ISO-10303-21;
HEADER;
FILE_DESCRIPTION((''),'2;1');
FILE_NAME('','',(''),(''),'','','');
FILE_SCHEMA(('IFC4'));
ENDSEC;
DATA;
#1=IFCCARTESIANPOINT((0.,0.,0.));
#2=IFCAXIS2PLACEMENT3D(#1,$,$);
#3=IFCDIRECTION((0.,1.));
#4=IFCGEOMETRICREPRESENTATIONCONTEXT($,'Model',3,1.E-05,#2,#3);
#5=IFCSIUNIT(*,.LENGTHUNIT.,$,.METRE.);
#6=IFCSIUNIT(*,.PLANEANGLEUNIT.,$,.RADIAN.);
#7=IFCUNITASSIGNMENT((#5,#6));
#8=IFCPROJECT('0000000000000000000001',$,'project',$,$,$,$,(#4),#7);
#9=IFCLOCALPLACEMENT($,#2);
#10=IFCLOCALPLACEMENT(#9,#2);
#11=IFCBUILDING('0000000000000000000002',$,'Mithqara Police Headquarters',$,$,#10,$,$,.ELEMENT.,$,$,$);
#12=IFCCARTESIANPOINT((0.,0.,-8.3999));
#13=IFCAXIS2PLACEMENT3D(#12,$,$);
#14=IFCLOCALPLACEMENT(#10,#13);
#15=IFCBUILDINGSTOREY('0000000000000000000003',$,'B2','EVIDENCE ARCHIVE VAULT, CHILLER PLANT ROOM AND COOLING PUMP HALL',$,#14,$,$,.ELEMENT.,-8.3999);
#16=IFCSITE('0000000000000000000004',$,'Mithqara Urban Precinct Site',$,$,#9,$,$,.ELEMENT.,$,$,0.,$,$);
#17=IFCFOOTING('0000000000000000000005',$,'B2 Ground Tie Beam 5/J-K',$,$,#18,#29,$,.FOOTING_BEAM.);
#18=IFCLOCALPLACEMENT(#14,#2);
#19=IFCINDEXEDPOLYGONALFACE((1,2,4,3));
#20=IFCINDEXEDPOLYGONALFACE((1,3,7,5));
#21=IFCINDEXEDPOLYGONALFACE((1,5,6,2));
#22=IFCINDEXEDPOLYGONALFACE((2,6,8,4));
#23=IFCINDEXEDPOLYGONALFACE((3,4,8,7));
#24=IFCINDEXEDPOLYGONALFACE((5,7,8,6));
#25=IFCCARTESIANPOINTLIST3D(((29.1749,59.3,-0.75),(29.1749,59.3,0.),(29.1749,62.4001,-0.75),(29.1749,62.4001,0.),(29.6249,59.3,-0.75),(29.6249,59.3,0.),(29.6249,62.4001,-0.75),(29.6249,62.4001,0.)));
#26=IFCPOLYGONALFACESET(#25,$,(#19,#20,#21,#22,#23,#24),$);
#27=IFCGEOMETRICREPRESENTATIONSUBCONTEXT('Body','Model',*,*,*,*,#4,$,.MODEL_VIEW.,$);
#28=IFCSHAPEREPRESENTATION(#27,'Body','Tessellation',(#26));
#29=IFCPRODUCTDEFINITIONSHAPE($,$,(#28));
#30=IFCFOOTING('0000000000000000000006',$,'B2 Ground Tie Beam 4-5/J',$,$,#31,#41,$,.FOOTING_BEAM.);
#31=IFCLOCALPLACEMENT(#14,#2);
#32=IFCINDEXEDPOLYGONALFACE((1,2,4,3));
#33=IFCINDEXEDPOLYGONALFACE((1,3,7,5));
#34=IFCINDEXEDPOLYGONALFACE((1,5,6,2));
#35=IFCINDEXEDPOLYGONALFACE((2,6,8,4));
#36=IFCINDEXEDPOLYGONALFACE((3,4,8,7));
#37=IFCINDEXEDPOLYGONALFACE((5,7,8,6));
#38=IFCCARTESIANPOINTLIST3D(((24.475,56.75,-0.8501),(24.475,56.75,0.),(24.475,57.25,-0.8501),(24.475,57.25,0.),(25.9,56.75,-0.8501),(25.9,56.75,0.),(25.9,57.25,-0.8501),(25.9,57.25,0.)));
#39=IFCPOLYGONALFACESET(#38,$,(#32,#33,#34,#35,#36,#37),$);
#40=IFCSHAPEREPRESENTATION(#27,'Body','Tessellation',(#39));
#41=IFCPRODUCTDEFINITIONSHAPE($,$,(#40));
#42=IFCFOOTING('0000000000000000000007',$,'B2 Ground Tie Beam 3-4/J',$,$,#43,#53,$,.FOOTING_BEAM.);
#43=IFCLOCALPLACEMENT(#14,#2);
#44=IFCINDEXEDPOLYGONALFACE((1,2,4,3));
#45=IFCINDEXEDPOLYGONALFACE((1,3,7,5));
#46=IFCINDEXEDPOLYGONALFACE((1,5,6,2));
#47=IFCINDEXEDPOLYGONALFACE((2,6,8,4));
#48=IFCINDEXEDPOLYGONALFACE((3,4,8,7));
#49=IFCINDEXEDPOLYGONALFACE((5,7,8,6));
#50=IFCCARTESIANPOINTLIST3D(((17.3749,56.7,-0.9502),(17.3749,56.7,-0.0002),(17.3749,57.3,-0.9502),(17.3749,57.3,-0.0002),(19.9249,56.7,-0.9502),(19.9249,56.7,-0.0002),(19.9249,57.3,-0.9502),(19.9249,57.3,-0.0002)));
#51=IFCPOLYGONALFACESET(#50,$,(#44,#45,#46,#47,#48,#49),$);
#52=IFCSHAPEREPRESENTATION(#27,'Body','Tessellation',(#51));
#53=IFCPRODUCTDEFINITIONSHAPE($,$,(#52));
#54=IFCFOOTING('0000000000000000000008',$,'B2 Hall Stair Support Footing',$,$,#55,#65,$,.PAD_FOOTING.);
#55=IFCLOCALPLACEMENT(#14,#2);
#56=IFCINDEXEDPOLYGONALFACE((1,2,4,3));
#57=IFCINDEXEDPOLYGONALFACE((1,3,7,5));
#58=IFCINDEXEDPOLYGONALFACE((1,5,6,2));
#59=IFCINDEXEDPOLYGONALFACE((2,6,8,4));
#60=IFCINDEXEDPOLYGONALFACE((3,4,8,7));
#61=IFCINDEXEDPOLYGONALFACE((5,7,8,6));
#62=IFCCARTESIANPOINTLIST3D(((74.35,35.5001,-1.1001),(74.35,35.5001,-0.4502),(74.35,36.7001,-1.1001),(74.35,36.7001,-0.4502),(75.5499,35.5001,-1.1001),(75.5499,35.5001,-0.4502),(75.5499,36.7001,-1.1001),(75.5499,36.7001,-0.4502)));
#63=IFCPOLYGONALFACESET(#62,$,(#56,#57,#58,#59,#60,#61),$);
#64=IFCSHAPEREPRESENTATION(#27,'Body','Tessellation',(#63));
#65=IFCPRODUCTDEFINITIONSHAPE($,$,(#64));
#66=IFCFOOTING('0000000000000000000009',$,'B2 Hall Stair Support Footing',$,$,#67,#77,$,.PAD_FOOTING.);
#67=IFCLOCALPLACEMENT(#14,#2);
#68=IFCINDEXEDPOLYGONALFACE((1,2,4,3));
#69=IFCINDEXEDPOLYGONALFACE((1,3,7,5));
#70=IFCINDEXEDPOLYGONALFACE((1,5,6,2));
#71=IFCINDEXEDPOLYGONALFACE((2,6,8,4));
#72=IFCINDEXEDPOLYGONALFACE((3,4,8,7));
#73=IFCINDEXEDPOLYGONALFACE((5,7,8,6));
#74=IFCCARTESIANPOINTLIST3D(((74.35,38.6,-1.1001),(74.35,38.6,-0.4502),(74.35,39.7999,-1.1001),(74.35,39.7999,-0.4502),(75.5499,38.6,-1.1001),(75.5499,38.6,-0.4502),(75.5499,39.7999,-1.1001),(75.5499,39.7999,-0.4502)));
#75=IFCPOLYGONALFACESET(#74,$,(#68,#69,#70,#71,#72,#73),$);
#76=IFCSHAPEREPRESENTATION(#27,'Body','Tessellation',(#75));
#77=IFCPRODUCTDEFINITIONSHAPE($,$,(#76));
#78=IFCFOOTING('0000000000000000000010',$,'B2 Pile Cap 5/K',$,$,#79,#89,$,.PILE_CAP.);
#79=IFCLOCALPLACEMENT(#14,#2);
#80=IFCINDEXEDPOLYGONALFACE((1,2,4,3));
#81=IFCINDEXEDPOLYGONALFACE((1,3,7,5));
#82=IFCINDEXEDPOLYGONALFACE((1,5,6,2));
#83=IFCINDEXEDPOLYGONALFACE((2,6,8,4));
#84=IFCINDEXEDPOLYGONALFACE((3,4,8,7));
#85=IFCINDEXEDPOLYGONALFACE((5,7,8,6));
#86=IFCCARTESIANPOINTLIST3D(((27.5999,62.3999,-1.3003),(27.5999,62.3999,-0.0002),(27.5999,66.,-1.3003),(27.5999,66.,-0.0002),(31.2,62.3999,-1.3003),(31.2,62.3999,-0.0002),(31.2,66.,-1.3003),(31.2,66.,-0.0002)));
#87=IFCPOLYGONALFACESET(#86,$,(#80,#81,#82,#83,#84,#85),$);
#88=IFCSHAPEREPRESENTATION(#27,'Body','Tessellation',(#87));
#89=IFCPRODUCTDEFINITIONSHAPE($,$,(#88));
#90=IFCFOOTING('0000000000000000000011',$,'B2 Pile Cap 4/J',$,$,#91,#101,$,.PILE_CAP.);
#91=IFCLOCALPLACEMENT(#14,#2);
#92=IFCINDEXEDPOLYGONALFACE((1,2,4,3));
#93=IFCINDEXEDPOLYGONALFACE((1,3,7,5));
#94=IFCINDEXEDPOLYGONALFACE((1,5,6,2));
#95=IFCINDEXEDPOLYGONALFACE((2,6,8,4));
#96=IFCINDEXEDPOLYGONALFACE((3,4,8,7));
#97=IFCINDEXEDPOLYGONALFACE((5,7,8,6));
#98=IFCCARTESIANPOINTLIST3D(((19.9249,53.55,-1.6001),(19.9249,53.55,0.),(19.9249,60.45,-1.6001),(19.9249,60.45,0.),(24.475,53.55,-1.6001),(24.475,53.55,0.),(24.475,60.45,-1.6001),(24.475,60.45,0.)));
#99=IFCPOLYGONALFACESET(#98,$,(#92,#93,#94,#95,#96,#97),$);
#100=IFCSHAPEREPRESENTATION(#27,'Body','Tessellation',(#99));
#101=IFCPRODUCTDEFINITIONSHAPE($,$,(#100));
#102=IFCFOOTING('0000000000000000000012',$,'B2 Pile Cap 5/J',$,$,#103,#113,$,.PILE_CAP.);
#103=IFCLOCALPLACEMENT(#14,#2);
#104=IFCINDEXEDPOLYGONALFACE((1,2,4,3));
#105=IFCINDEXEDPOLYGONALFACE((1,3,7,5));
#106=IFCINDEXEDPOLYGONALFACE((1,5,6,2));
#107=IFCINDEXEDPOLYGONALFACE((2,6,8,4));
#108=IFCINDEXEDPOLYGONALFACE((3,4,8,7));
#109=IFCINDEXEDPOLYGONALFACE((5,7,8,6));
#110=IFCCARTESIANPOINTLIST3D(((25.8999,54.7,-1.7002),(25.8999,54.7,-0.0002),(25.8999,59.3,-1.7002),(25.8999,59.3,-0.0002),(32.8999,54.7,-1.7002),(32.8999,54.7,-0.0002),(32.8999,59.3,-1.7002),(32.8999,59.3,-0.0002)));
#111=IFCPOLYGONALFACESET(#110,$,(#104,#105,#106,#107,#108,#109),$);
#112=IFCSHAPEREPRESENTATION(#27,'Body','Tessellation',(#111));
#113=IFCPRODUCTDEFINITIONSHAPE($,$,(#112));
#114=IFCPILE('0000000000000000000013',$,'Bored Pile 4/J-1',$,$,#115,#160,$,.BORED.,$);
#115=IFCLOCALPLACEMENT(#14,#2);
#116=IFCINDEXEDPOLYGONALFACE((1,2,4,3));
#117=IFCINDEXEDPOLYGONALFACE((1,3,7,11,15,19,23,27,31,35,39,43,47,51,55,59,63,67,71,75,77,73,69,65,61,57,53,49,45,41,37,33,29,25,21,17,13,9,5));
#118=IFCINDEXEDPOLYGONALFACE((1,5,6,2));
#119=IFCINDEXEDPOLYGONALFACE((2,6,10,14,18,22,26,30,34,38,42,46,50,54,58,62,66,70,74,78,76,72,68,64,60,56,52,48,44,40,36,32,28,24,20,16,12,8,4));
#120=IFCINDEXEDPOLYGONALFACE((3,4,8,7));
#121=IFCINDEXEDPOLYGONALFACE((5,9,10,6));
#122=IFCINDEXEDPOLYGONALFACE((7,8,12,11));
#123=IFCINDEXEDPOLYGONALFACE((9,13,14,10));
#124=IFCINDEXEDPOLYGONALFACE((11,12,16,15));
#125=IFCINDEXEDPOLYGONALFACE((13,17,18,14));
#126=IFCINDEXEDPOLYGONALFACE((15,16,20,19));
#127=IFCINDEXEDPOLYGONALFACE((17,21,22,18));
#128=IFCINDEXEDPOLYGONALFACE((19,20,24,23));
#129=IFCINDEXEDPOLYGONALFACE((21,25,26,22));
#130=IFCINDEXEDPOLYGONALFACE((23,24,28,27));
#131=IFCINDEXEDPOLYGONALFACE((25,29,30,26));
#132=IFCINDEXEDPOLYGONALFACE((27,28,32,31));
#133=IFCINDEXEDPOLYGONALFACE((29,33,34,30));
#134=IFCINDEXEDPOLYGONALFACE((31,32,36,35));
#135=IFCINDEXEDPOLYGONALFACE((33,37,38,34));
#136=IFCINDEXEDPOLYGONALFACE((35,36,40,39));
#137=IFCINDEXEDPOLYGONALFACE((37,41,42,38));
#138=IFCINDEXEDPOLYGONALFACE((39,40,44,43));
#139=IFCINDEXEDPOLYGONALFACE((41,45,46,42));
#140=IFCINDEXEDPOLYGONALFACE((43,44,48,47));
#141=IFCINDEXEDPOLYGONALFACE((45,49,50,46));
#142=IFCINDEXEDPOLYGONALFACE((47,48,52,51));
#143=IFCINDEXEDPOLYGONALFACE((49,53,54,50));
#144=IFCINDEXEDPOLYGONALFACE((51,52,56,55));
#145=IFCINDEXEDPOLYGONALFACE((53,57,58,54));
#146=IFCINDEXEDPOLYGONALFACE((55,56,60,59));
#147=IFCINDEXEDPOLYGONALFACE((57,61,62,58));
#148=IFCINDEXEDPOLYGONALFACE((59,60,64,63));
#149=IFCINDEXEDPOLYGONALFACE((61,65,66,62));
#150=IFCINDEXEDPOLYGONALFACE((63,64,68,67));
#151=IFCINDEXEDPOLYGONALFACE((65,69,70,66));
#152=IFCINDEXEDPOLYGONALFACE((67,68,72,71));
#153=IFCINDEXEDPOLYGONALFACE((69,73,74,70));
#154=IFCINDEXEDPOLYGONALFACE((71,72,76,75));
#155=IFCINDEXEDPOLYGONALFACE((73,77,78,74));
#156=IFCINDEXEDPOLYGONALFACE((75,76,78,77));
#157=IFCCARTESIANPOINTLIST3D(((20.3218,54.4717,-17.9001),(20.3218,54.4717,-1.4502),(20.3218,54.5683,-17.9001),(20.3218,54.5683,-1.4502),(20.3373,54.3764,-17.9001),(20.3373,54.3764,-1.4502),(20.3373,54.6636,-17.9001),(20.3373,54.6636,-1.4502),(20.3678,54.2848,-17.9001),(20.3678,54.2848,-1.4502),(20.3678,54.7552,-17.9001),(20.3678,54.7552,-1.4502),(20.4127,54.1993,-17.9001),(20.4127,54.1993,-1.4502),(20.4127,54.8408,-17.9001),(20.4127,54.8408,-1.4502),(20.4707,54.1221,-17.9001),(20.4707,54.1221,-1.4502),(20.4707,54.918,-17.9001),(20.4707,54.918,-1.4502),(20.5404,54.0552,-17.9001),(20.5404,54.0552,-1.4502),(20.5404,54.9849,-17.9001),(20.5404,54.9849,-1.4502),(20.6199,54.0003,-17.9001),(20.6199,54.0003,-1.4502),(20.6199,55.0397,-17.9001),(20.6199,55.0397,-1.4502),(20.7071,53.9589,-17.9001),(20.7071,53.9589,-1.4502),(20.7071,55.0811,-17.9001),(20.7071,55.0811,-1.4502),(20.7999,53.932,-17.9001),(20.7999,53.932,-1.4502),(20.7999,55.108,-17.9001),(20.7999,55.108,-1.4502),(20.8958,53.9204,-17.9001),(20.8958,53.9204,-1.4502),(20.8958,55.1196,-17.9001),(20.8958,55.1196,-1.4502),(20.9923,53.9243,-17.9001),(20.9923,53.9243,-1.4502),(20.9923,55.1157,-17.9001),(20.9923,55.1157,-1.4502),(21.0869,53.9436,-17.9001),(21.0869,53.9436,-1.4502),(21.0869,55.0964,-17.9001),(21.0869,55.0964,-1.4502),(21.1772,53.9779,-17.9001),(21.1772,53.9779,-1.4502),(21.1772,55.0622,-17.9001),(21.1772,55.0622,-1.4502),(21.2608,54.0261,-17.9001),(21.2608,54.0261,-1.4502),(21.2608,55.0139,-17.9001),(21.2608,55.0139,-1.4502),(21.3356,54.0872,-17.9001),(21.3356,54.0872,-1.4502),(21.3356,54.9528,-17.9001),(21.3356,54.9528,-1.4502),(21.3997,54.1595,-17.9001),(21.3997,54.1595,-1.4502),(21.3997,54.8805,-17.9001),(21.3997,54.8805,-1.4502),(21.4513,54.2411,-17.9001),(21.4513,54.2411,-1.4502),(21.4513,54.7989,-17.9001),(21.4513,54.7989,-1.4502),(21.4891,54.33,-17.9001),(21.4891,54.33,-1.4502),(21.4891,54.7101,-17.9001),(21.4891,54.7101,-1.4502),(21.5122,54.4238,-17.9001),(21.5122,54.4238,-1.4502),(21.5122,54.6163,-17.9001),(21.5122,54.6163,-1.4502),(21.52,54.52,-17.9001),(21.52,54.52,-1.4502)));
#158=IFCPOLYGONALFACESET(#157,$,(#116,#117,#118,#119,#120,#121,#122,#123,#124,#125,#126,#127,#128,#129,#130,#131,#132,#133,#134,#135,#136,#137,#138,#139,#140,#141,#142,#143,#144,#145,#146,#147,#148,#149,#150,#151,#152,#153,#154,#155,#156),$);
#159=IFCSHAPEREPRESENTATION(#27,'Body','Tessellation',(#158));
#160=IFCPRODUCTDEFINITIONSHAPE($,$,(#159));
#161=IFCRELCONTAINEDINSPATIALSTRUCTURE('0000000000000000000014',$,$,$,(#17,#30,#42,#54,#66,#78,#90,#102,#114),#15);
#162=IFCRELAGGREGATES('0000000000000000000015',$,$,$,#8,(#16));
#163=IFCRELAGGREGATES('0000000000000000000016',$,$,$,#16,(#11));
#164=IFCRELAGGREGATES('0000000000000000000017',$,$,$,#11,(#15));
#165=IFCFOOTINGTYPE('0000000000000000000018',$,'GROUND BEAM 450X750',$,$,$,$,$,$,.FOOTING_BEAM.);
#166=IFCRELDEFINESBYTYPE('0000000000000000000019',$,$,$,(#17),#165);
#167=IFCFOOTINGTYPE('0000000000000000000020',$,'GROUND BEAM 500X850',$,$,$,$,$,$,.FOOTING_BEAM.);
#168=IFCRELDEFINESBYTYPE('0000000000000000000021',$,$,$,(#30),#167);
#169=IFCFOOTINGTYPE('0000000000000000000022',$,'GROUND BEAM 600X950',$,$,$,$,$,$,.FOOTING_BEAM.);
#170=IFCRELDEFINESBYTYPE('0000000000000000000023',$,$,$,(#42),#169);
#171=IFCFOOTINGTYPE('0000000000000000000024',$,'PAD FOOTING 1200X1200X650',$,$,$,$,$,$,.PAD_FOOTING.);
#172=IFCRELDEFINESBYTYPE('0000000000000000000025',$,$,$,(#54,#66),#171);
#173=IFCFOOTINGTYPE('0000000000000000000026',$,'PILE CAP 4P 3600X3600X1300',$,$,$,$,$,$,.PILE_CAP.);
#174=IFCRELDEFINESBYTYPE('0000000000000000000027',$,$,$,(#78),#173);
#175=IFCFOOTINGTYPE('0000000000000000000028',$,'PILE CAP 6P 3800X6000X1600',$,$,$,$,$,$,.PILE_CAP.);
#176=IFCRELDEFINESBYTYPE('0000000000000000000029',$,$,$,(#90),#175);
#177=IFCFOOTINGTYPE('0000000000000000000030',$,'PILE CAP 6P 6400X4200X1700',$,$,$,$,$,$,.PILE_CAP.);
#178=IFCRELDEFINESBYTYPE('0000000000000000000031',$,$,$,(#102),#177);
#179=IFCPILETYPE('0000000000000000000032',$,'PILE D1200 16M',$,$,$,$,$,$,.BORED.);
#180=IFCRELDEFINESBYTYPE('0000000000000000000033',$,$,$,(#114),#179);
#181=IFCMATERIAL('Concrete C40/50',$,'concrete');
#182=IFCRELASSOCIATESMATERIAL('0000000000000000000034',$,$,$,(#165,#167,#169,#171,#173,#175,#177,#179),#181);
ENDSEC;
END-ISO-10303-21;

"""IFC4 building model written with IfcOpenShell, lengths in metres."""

from ifc_helpers import new_model, si_unit, direction, frame, origin, origin_2d, place, context, subcontext, project, spatial, rectangle, circle, extrude, material, material_profile, profile_set, type_object, element, save


model = new_model("IFC4")

# Units and contexts
model_context = context("Model", 3, precision=1e-05, world=origin(), true_north=direction((0.0, 1.0)))
body_context = subcontext(model_context, "Body", "Model", "MODEL_VIEW")
ifc_project = project(units=[si_unit("LENGTHUNIT", "METRE"), si_unit("PLANEANGLEUNIT", "RADIAN")], contexts=[model_context])

# Site, building, storey
site_placement = place(None, origin())
site = spatial("IfcSite", under=ifc_project, at=site_placement, Name="Mithqara Urban Precinct Site", CompositionType="ELEMENT", RefElevation=0.0)
building_placement = place(site_placement, origin())
building = spatial("IfcBuilding", under=site, at=building_placement, Name="Mithqara Police Headquarters", CompositionType="ELEMENT")
storey_placement = place(building_placement, frame((0.0, 0.0, -8.3999)))
storey = spatial("IfcBuildingStorey", under=building, at=storey_placement, Name="B2", Description="EVIDENCE ARCHIVE VAULT, CHILLER PLANT ROOM AND COOLING PUMP HALL", CompositionType="ELEMENT", Elevation=-8.3999)

# Footings
ifc_material_1 = material(Name="Concrete C40/50", Category="concrete")
footing_type_1 = type_object("IfcFootingType", Name="GROUND BEAM 450X750", PredefinedType="FOOTING_BEAM", material=ifc_material_1)
footing_1_placement = place(storey_placement, frame((29.3999, 60.8501, -0.75), z_axis=(0.0, 0.0, 1.0), x_axis=(1.0, 0.0, 0.0)))
element("IfcFooting", 1, at=footing_1_placement, inside=storey, type_object=footing_type_1, Name="B2 Ground Tie Beam 5/J-K", PredefinedType="FOOTING_BEAM", context=body_context, shape_type="SweptSolid", body=[
    extrude(rectangle(XDim=0.45, YDim=3.1001, at=origin_2d()), origin(), (0.0, 0.0, 1.0), 0.75),
])
footing_type_2 = type_object("IfcFootingType", Name="GROUND BEAM 500X850", PredefinedType="FOOTING_BEAM", material=ifc_material_1)
footing_2_placement = place(storey_placement, frame((25.1875, 57.0, -0.8501), z_axis=(0.0, 0.0, 1.0), x_axis=(1.0, 0.0, 0.0)))
element("IfcFooting", 2, at=footing_2_placement, inside=storey, type_object=footing_type_2, Name="B2 Ground Tie Beam 4-5/J", PredefinedType="FOOTING_BEAM", context=body_context, shape_type="SweptSolid", body=[
    extrude(rectangle(XDim=1.425, YDim=0.5, at=origin_2d()), origin(), (0.0, 0.0, 1.0), 0.8501),
])
footing_type_3 = type_object("IfcFootingType", Name="GROUND BEAM 600X950", PredefinedType="FOOTING_BEAM", material=ifc_material_1)
footing_3_placement = place(storey_placement, frame((18.6499, 57.0, -0.9502), z_axis=(0.0, 0.0, 1.0), x_axis=(1.0, 0.0, 0.0)))
element("IfcFooting", 3, at=footing_3_placement, inside=storey, type_object=footing_type_3, Name="B2 Ground Tie Beam 3-4/J", PredefinedType="FOOTING_BEAM", context=body_context, shape_type="SweptSolid", body=[
    extrude(rectangle(XDim=2.55, YDim=0.6001, at=origin_2d()), origin(), (0.0, 0.0, 1.0), 0.95),
])
footing_type_4 = type_object("IfcFootingType", Name="PAD FOOTING 1200X1200X650", PredefinedType="PAD_FOOTING", material=ifc_material_1)
for number, where, z_axis, x_axis, name in (
    (4, (74.95, 36.1001, -1.1001), (0.0, 0.0, 1.0), (1.0, 0.0, 0.0), "B2 Hall Stair Support Footing"),
    (5, (74.95, 39.2, -1.1001), (0.0, 0.0, 1.0), (1.0, 0.0, 0.0), "B2 Hall Stair Support Footing"),
):
    element("IfcFooting", number, at=place(storey_placement, frame(where, z_axis=z_axis, x_axis=x_axis)), inside=storey, type_object=footing_type_4, Name=name, PredefinedType="PAD_FOOTING", context=body_context, shape_type="SweptSolid", body=[
        extrude(rectangle(XDim=1.2, YDim=1.2, at=origin_2d()), origin(), (0.0, 0.0, 1.0), 0.6499),
    ])
footing_type_5 = type_object("IfcFootingType", Name="PILE CAP 4P 3600X3600X1300", PredefinedType="PILE_CAP", material=ifc_material_1)
footing_4_placement = place(storey_placement, frame((29.3999, 64.2, -1.3003), z_axis=(0.0, 0.0, 1.0), x_axis=(1.0, 0.0, 0.0)))
element("IfcFooting", 6, at=footing_4_placement, inside=storey, type_object=footing_type_5, Name="B2 Pile Cap 5/K", PredefinedType="PILE_CAP", context=body_context, shape_type="SweptSolid", body=[
    extrude(rectangle(XDim=3.6001, YDim=3.6001, at=origin_2d()), origin(), (0.0, 0.0, 1.0), 1.3),
])
footing_type_6 = type_object("IfcFootingType", Name="PILE CAP 6P 3800X6000X1600", PredefinedType="PILE_CAP", material=ifc_material_1)
footing_5_placement = place(storey_placement, frame((22.2, 57.0, -1.6001), z_axis=(0.0, 0.0, 1.0), x_axis=(1.0, 0.0, 0.0)))
element("IfcFooting", 7, at=footing_5_placement, inside=storey, type_object=footing_type_6, Name="B2 Pile Cap 4/J", PredefinedType="PILE_CAP", context=body_context, shape_type="SweptSolid", body=[
    extrude(rectangle(XDim=4.55, YDim=6.8999, at=origin_2d()), origin(), (0.0, 0.0, 1.0), 1.6001),
])
footing_type_7 = type_object("IfcFootingType", Name="PILE CAP 6P 6400X4200X1700", PredefinedType="PILE_CAP", material=ifc_material_1)
footing_6_placement = place(storey_placement, frame((29.3999, 57.0, -1.7002), z_axis=(0.0, 0.0, 1.0), x_axis=(1.0, 0.0, 0.0)))
element("IfcFooting", 8, at=footing_6_placement, inside=storey, type_object=footing_type_7, Name="B2 Pile Cap 5/J", PredefinedType="PILE_CAP", context=body_context, shape_type="SweptSolid", body=[
    extrude(rectangle(XDim=7.0, YDim=4.6001, at=origin_2d()), origin(), (0.0, 0.0, 1.0), 1.7),
])

# Pile
ifc_material_profile_1 = material_profile(ifc_material_1, circle(Radius=0.6001, at=origin_2d()), Name="PILE D1200")
ifc_profile_set_1 = profile_set([ifc_material_profile_1], Name="Concrete C40/50")
pile_type_1 = type_object("IfcPileType", Name="PILE D1200 16M", PredefinedType="BORED", material=ifc_profile_set_1)
for number, where, z_axis, x_axis, name in (
    (9, (20.9199, 54.52, -1.4502), (0.0, 0.0, -1.0), (1.0, 0.0, 0.0), "Bored Pile 4/J-1"),
):
    element("IfcPile", number, at=place(storey_placement, frame(where, z_axis=z_axis, x_axis=x_axis)), inside=storey, type_object=pile_type_1, Name=name, PredefinedType="BORED", context=body_context, shape_type="SweptSolid", body=[
        extrude(circle(Radius=0.6001, at=origin_2d()), origin(), (0.0, 0.0, 1.0), 16.45),
    ])

save(model, "model.ifc")
